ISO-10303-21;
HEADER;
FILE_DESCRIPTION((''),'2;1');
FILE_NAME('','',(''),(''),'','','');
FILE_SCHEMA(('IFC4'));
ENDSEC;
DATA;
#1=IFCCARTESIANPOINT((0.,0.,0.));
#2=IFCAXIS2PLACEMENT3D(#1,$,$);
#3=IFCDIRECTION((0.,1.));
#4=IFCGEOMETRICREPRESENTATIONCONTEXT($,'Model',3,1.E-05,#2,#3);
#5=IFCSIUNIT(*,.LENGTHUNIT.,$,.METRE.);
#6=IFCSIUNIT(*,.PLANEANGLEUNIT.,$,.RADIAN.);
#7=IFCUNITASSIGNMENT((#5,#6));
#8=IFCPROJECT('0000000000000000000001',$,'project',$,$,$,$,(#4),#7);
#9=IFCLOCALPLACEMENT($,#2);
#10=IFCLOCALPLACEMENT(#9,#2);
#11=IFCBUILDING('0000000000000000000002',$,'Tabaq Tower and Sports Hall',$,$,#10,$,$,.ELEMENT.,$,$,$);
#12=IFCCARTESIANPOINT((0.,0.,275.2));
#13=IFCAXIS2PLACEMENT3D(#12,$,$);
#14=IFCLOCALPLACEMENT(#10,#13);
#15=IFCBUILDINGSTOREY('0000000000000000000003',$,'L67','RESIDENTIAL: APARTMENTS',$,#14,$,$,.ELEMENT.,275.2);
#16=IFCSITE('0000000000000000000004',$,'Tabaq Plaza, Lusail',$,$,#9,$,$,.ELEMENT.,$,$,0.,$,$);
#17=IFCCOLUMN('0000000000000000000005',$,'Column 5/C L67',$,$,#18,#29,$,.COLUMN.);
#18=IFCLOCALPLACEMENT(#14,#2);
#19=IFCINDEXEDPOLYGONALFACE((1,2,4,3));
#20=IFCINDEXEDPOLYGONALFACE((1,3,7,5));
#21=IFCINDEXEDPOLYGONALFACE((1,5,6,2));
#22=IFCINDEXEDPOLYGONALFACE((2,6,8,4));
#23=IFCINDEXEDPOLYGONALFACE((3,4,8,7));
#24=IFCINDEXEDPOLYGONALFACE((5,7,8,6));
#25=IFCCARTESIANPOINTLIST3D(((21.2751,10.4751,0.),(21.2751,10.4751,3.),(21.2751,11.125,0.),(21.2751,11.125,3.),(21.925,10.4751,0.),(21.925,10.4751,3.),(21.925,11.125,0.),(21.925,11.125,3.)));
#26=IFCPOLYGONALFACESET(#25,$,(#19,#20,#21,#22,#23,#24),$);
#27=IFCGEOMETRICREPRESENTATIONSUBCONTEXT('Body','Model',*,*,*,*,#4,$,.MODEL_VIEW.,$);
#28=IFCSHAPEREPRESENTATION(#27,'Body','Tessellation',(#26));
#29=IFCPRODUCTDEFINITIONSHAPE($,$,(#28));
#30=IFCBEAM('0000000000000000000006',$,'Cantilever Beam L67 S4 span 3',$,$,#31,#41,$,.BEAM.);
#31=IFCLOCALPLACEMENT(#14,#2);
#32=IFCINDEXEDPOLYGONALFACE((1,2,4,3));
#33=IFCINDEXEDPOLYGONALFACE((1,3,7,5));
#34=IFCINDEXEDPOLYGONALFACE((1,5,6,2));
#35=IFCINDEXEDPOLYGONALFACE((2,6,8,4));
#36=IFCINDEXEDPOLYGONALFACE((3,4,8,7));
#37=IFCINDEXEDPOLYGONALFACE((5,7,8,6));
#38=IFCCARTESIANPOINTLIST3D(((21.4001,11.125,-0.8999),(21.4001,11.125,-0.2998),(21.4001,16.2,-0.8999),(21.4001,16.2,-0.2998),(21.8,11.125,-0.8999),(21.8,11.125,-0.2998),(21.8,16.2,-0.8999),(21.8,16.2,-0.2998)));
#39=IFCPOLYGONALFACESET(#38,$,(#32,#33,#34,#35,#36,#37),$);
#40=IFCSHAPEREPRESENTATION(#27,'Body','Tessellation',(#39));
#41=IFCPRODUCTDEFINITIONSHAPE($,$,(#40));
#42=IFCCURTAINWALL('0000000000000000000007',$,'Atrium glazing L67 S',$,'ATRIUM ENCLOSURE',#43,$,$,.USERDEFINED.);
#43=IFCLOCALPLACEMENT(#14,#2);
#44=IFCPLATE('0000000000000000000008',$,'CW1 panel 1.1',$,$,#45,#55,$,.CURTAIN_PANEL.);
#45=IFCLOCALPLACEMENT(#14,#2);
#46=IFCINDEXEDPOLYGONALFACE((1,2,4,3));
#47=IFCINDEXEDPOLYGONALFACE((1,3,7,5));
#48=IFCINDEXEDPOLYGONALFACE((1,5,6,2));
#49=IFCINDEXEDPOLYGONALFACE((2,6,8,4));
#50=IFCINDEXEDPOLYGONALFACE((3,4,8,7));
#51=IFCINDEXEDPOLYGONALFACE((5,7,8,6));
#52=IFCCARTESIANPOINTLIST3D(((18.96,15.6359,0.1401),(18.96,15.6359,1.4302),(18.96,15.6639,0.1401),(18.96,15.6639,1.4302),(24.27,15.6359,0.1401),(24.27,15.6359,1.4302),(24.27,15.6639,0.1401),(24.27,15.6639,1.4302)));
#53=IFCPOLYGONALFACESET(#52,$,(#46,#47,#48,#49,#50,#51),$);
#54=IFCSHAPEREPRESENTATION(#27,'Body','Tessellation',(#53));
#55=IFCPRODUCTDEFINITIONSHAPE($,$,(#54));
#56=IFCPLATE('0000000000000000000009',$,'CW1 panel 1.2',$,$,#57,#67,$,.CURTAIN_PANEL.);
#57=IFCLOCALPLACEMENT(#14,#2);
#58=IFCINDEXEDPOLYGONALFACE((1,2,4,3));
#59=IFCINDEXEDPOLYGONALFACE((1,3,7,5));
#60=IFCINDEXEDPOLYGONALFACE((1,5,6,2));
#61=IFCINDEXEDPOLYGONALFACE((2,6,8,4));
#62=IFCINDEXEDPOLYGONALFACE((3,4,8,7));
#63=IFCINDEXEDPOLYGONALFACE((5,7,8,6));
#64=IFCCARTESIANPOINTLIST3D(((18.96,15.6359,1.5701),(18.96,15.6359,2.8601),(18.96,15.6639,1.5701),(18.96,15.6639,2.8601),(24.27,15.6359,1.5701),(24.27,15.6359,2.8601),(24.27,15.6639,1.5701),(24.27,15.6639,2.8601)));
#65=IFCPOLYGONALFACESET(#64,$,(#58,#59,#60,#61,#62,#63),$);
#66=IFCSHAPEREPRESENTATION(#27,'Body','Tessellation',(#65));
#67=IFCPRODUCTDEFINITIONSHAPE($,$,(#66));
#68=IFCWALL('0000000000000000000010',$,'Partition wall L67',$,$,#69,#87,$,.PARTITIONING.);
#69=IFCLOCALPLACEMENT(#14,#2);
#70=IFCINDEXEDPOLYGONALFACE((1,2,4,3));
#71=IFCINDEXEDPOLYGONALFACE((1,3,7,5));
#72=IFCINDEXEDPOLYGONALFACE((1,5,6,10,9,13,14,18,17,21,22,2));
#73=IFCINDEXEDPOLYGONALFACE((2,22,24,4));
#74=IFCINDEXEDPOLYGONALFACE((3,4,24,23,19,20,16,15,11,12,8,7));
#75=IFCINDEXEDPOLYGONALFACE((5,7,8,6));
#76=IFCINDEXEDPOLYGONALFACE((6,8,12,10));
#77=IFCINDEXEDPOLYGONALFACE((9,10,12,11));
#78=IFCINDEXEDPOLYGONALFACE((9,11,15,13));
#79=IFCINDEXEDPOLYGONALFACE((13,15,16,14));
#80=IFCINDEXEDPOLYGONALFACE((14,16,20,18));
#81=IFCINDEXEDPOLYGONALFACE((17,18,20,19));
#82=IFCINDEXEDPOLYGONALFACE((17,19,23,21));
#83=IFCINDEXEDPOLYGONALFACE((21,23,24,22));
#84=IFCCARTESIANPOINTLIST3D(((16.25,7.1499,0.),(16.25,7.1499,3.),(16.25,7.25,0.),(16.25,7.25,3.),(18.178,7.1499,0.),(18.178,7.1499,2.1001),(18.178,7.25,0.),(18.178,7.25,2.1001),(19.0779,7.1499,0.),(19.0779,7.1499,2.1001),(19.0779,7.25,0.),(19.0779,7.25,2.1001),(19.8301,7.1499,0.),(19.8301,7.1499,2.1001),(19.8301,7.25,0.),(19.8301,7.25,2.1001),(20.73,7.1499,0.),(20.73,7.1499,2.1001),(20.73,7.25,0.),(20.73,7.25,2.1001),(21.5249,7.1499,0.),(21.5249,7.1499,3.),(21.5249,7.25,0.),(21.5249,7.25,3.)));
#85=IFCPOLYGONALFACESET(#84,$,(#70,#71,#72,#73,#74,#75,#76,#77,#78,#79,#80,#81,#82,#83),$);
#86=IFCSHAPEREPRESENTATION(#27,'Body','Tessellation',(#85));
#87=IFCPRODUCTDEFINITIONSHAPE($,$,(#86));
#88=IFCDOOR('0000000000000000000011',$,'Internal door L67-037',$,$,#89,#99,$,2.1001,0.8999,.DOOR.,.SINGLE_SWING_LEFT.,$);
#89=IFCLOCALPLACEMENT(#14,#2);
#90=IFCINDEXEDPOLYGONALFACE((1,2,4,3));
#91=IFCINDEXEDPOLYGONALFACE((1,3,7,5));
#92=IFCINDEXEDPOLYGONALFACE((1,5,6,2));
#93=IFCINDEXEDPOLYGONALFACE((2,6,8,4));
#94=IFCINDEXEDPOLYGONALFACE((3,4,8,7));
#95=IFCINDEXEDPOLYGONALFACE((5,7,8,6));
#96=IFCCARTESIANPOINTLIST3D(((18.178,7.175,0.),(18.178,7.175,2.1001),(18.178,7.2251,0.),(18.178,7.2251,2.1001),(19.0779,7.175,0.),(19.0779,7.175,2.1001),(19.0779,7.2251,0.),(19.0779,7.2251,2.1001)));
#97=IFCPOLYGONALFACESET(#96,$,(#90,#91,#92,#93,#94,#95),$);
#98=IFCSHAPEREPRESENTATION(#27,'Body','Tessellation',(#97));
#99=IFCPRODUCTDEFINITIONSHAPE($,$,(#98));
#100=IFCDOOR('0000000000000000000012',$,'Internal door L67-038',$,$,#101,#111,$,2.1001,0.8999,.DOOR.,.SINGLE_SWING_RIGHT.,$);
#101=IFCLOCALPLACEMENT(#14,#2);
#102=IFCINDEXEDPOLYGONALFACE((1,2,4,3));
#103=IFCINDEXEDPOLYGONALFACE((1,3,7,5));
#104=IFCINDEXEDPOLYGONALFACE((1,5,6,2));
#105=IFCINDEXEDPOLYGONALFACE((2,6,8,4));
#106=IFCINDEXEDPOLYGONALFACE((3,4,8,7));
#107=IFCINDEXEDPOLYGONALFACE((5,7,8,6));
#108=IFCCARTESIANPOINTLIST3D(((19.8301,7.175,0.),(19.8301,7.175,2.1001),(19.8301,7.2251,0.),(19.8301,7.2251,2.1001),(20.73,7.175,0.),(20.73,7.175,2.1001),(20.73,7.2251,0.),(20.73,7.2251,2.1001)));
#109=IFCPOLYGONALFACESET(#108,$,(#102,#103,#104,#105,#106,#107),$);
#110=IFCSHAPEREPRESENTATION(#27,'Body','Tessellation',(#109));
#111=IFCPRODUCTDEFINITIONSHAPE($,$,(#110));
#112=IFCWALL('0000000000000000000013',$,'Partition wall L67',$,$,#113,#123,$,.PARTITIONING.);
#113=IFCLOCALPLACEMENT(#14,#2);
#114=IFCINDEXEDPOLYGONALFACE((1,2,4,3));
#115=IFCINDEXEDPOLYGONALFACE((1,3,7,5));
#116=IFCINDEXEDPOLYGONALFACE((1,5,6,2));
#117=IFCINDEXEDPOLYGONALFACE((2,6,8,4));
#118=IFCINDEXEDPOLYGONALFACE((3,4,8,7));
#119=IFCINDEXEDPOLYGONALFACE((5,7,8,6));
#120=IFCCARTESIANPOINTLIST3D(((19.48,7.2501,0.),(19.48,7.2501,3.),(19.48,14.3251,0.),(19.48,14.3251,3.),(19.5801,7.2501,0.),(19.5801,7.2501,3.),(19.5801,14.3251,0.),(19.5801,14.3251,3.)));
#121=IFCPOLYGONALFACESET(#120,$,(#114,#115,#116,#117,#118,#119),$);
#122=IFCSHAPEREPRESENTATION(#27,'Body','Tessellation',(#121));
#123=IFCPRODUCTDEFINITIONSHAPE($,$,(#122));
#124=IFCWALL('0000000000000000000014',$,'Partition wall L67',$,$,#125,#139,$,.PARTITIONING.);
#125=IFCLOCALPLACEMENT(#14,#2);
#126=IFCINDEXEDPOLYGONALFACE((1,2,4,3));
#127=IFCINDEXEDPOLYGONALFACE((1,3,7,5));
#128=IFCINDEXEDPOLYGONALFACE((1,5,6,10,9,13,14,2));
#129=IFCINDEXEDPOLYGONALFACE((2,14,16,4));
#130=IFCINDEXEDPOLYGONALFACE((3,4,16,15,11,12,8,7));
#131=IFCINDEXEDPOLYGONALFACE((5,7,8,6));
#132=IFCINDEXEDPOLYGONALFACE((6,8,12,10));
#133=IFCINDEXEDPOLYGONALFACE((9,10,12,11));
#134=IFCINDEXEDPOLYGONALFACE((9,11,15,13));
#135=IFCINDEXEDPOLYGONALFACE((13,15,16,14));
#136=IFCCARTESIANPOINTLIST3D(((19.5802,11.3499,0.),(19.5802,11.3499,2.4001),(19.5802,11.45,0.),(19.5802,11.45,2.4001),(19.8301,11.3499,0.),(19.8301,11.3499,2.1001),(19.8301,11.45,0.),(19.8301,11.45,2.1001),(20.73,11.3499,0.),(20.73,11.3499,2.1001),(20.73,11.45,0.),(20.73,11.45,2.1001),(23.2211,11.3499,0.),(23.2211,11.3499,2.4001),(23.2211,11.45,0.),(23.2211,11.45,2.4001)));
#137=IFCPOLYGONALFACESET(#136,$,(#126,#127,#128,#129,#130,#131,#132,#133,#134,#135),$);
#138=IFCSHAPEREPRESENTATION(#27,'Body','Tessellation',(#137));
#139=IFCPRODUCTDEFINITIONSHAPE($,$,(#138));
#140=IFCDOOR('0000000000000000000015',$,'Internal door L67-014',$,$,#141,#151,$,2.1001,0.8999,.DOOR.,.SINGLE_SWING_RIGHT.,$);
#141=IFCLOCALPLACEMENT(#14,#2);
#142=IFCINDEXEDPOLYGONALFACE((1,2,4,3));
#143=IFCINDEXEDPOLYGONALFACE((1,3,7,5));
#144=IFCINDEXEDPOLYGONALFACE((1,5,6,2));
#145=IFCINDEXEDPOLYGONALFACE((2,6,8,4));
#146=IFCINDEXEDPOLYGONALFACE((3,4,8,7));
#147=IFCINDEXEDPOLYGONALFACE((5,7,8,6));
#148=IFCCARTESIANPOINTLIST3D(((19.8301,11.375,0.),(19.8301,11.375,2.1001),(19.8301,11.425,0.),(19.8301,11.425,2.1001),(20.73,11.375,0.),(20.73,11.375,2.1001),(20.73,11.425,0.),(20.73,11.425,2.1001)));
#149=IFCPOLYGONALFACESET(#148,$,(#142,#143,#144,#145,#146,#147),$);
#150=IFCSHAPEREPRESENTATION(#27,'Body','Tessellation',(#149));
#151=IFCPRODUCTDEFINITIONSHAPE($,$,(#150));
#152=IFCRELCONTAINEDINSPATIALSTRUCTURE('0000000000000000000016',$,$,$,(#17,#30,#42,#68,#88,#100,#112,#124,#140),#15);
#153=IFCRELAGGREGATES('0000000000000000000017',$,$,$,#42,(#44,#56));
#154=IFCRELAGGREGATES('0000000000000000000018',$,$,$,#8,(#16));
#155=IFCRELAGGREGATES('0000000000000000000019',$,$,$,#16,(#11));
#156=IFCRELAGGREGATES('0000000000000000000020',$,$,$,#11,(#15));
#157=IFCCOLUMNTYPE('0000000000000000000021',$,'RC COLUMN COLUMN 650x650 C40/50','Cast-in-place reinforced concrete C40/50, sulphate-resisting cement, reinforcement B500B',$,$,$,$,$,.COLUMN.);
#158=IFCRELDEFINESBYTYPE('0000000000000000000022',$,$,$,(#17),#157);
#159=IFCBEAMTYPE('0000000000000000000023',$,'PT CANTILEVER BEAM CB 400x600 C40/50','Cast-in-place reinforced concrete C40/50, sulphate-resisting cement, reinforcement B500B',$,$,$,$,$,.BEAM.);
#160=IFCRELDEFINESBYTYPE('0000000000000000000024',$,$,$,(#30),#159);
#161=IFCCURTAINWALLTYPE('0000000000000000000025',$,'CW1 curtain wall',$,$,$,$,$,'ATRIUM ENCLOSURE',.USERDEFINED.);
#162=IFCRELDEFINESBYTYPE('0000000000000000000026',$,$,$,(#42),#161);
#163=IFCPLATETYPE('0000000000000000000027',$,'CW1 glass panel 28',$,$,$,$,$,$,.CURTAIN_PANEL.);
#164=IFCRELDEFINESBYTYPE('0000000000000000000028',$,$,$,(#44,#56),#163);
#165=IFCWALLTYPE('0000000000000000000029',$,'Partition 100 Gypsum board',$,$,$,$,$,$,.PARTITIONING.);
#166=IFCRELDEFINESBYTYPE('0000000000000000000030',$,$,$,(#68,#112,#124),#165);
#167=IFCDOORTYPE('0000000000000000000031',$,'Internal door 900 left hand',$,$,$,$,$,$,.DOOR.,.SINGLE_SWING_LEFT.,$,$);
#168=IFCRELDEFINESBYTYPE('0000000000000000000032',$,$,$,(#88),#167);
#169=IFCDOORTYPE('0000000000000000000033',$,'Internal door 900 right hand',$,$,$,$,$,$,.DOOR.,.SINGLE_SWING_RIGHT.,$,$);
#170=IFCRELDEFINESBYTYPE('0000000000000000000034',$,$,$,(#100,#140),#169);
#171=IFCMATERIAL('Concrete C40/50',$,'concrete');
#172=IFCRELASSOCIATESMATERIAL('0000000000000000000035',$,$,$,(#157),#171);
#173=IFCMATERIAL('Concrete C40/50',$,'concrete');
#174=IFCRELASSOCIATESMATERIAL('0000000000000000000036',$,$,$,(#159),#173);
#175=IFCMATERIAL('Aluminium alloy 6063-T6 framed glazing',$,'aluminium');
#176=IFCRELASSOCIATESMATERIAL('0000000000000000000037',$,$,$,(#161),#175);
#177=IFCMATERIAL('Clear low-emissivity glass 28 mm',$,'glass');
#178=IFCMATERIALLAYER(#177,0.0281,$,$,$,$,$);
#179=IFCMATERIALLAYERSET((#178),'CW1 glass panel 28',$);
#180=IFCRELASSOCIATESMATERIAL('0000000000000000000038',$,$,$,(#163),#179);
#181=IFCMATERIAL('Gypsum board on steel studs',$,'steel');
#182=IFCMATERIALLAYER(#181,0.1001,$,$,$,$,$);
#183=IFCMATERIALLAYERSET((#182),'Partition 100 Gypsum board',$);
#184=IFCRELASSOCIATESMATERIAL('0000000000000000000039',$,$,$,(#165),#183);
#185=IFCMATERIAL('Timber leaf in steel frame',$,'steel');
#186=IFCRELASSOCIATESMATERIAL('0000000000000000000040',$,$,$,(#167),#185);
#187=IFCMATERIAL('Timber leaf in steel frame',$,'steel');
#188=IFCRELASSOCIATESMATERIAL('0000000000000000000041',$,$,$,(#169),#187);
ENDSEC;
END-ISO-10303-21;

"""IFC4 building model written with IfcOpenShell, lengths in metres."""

from ifc_helpers import new_model, si_unit, direction, frame, frame_2d, origin, origin_2d, place, context, subcontext, project, spatial, rectangle, extrude, material, layer, layer_set, material_profile, profile_set, type_object, element, fill, aggregate, save


model = new_model("IFC4")

# Units and contexts
model_context = context("Model", 3, precision=1e-05, world=origin(), true_north=direction((0.0, 1.0)))
body_context = subcontext(model_context, "Body", "Model", "MODEL_VIEW")
ifc_project = project(units=[si_unit("LENGTHUNIT", "METRE"), si_unit("PLANEANGLEUNIT", "RADIAN")], contexts=[model_context])

# Site, building, storey
site_placement = place(None, origin())
site = spatial("IfcSite", under=ifc_project, at=site_placement, Name="Tabaq Plaza, Lusail", CompositionType="ELEMENT", RefElevation=0.0)
building_placement = place(site_placement, origin())
building = spatial("IfcBuilding", under=site, at=building_placement, Name="Tabaq Tower and Sports Hall", CompositionType="ELEMENT")
storey_placement = place(building_placement, frame((0.0, 0.0, 275.2)))
storey = spatial("IfcBuildingStorey", under=building, at=storey_placement, Name="L67", Description="RESIDENTIAL: APARTMENTS", CompositionType="ELEMENT", Elevation=275.2)

# Column
ifc_material_1 = material(Name="Concrete C40/50", Category="concrete")
ifc_material_profile_1 = material_profile(ifc_material_1, rectangle(XDim=0.6499, YDim=0.6499, at=origin_2d()), Name="COLUMN 650x650")
ifc_profile_set_1 = profile_set([ifc_material_profile_1], Name="Concrete C40/50")
column_type = type_object("IfcColumnType", Name="RC COLUMN COLUMN 650x650 C40/50", Description="Cast-in-place reinforced concrete C40/50, sulphate-resisting cement, reinforcement B500B", PredefinedType="COLUMN", material=ifc_profile_set_1)
column_placement = place(storey_placement, frame((21.6001, 10.8, 0.0), z_axis=(0.0, 0.0, 1.0), x_axis=(1.0, 0.0, 0.0)))
element("IfcColumn", 1, at=column_placement, inside=storey, type_object=column_type, Name="Column 5/C L67", PredefinedType="COLUMN", context=body_context, shape_type="SweptSolid", body=[
    extrude(rectangle(XDim=0.6499, YDim=0.6499, at=origin_2d()), origin(), (0.0, 0.0, 1.0), 3.0),
])

# Beam
ifc_material_2 = material(Name="Concrete C40/50", Category="concrete")
ifc_material_profile_2 = material_profile(ifc_material_2, rectangle(XDim=0.3999, YDim=0.6001, at=origin_2d()), Name="CB 400x600")
ifc_profile_set_2 = profile_set([ifc_material_profile_2], Name="Concrete C40/50")
beam_type = type_object("IfcBeamType", Name="PT CANTILEVER BEAM CB 400x600 C40/50", Description="Cast-in-place reinforced concrete C40/50, sulphate-resisting cement, reinforcement B500B", PredefinedType="BEAM", material=ifc_profile_set_2)
beam_placement = place(storey_placement, frame((21.6001, 11.125, -0.5999), z_axis=(0.0, 1.0, 0.0), x_axis=(-1.0, 0.0, 0.0)))
element("IfcBeam", 2, at=beam_placement, inside=storey, type_object=beam_type, Name="Cantilever Beam L67 S4 span 3", PredefinedType="BEAM", context=body_context, shape_type="SweptSolid", body=[
    extrude(rectangle(XDim=0.3999, YDim=0.6001, at=origin_2d()), origin(), (0.0, 0.0, 1.0), 5.075),
])

# Curtain wall, plates
ifc_material_3 = material(Name="Aluminium alloy 6063-T6 framed glazing", Category="aluminium")
curtain_wall_type = type_object("IfcCurtainWallType", Name="CW1 curtain wall", ElementType="ATRIUM ENCLOSURE", PredefinedType="USERDEFINED", material=ifc_material_3)
curtain_wall_placement = place(storey_placement, origin())
curtain_wall = element("IfcCurtainWall", 3, at=curtain_wall_placement, inside=storey, type_object=curtain_wall_type, Name="Atrium glazing L67 S", ObjectType="ATRIUM ENCLOSURE", PredefinedType="USERDEFINED")
ifc_material_4 = material(Name="Clear low-emissivity glass 28 mm", Category="glass")
ifc_layer_1 = layer(ifc_material_4, 0.0281)
ifc_layer_set_1 = layer_set([ifc_layer_1], Name="CW1 glass panel 28")
plate_type = type_object("IfcPlateType", Name="CW1 glass panel 28", PredefinedType="CURTAIN_PANEL", material=ifc_layer_set_1)
plate_1_placement = place(storey_placement, frame((21.615, 15.6499, 0.1401), z_axis=(0.0, 0.0, 1.0), x_axis=(1.0, 0.0, 0.0)))
plate_1 = element("IfcPlate", 4, at=plate_1_placement, type_object=plate_type, Name="CW1 panel 1.1", PredefinedType="CURTAIN_PANEL", context=body_context, shape_type="SweptSolid", body=[
    extrude(rectangle(XDim=5.3101, YDim=0.0281, at=origin_2d()), origin(), (0.0, 0.0, 1.0), 1.29),
])
plate_2_placement = place(storey_placement, frame((21.615, 15.6499, 1.5701), z_axis=(0.0, 0.0, 1.0), x_axis=(1.0, 0.0, 0.0)))
plate_2 = element("IfcPlate", 5, at=plate_2_placement, type_object=plate_type, Name="CW1 panel 1.2", PredefinedType="CURTAIN_PANEL", context=body_context, shape_type="SweptSolid", body=[
    extrude(rectangle(XDim=5.3101, YDim=0.0281, at=origin_2d()), origin(), (0.0, 0.0, 1.0), 1.29),
])
aggregate(curtain_wall, [plate_1, plate_2])

# Wall, openings, doors
ifc_material_5 = material(Name="Gypsum board on steel studs", Category="steel")
ifc_layer_2 = layer(ifc_material_5, 0.1001)
ifc_layer_set_2 = layer_set([ifc_layer_2], Name="Partition 100 Gypsum board")
wall_type_1 = type_object("IfcWallType", Name="Partition 100 Gypsum board", PredefinedType="PARTITIONING", material=ifc_layer_set_2)
wall_1_placement = place(storey_placement, frame((21.5249, 7.2, 0.0), z_axis=(0.0, 0.0, 1.0), x_axis=(-1.0, 0.0, 0.0)))
wall_1 = element("IfcWall", 6, at=wall_1_placement, inside=storey, type_object=wall_type_1, Name="Partition wall L67", PredefinedType="PARTITIONING", context=body_context, shape_type="SweptSolid", body=[
    extrude(rectangle(XDim=5.2749, YDim=0.1001, at=frame_2d((2.6375, 0.0))), origin(), (0.0, 0.0, 1.0), 3.0),
])
opening_1_placement = place(wall_1_placement, frame((2.447, 0.0, 0.0)))
opening_1 = element("IfcOpeningElement", 7, at=opening_1_placement, cuts=wall_1, PredefinedType="OPENING", context=body_context, shape_type="SweptSolid", body=[
    extrude(rectangle(XDim=0.8999, YDim=2.1001, at=frame_2d((0.45, 1.05))), frame((0.0, 0.05, 0.0), z_axis=(0.0, -1.0, 0.0), x_axis=(1.0, 0.0, 0.0)), (0.0, 0.0, 1.0), 0.1001),
])
opening_2_placement = place(wall_1_placement, frame((0.7949, 0.0, 0.0)))
opening_2 = element("IfcOpeningElement", 8, at=opening_2_placement, cuts=wall_1, PredefinedType="OPENING", context=body_context, shape_type="SweptSolid", body=[
    extrude(rectangle(XDim=0.8999, YDim=2.1001, at=frame_2d((0.45, 1.05))), frame((0.0, 0.05, 0.0), z_axis=(0.0, -1.0, 0.0), x_axis=(1.0, 0.0, 0.0)), (0.0, 0.0, 1.0), 0.1001),
])
ifc_material_6 = material(Name="Timber leaf in steel frame", Category="steel")
door_type_1 = type_object("IfcDoorType", Name="Internal door 900 left hand", OperationType="SINGLE_SWING_LEFT", PredefinedType="DOOR", material=ifc_material_6)
door_1_placement = place(opening_1_placement, origin())
door_1 = element("IfcDoor", 9, at=door_1_placement, inside=storey, type_object=door_type_1, Name="Internal door L67-037", OperationType="SINGLE_SWING_LEFT", OverallHeight=2.1001, OverallWidth=0.8999, PredefinedType="DOOR", context=body_context, shape_type="SweptSolid", body=[
    extrude(rectangle(XDim=0.8999, YDim=2.1001, at=frame_2d((0.45, 1.05))), frame((0.0, 0.0249, 0.0), z_axis=(0.0, -1.0, 0.0), x_axis=(1.0, 0.0, 0.0)), (0.0, 0.0, 1.0), 0.05),
])
fill(opening_1, door_1)
ifc_material_7 = material(Name="Timber leaf in steel frame", Category="steel")
door_type_2 = type_object("IfcDoorType", Name="Internal door 900 right hand", OperationType="SINGLE_SWING_RIGHT", PredefinedType="DOOR", material=ifc_material_7)
door_2_placement = place(opening_2_placement, origin())
door_2 = element("IfcDoor", 10, at=door_2_placement, inside=storey, type_object=door_type_2, Name="Internal door L67-038", OperationType="SINGLE_SWING_RIGHT", OverallHeight=2.1001, OverallWidth=0.8999, PredefinedType="DOOR", context=body_context, shape_type="SweptSolid", body=[
    extrude(rectangle(XDim=0.8999, YDim=2.1001, at=frame_2d((0.45, 1.05))), frame((0.0, 0.0249, 0.0), z_axis=(0.0, -1.0, 0.0), x_axis=(1.0, 0.0, 0.0)), (0.0, 0.0, 1.0), 0.05),
])
fill(opening_2, door_2)

# Wall
wall_2_placement = place(storey_placement, frame((19.53, 7.25, 0.0), z_axis=(0.0, 0.0, 1.0), x_axis=(0.0, 1.0, 0.0)))
element("IfcWall", 11, at=wall_2_placement, inside=storey, type_object=wall_type_1, Name="Partition wall L67", PredefinedType="PARTITIONING", context=body_context, shape_type="SweptSolid", body=[
    extrude(rectangle(XDim=7.075, YDim=0.1001, at=frame_2d((3.5376, 0.0))), origin(), (0.0, 0.0, 1.0), 3.0),
])

# Wall, opening, door
wall_3_placement = place(storey_placement, frame((23.2209, 11.3999, 0.0), z_axis=(0.0, 0.0, 1.0), x_axis=(-1.0, 0.0, 0.0)))
wall_3 = element("IfcWall", 12, at=wall_3_placement, inside=storey, type_object=wall_type_1, Name="Partition wall L67", PredefinedType="PARTITIONING", context=body_context, shape_type="SweptSolid", body=[
    extrude(rectangle(XDim=3.6409, YDim=0.1001, at=frame_2d((1.8203, 0.0))), origin(), (0.0, 0.0, 1.0), 2.4001),
])
opening_3_placement = place(wall_3_placement, frame((2.491, 0.0, 0.0)))
opening_3 = element("IfcOpeningElement", 13, at=opening_3_placement, cuts=wall_3, PredefinedType="OPENING", context=body_context, shape_type="SweptSolid", body=[
    extrude(rectangle(XDim=0.8999, YDim=2.1001, at=frame_2d((0.45, 1.05))), frame((0.0, 0.05, 0.0), z_axis=(0.0, -1.0, 0.0), x_axis=(1.0, 0.0, 0.0)), (0.0, 0.0, 1.0), 0.1001),
])
door_3_placement = place(opening_3_placement, origin())
door_3 = element("IfcDoor", 14, at=door_3_placement, inside=storey, type_object=door_type_2, Name="Internal door L67-014", OperationType="SINGLE_SWING_RIGHT", OverallHeight=2.1001, OverallWidth=0.8999, PredefinedType="DOOR", context=body_context, shape_type="SweptSolid", body=[
    extrude(rectangle(XDim=0.8999, YDim=2.1001, at=frame_2d((0.45, 1.05))), frame((0.0, 0.0249, 0.0), z_axis=(0.0, -1.0, 0.0), x_axis=(1.0, 0.0, 0.0)), (0.0, 0.0, 1.0), 0.05),
])
fill(opening_3, door_3)

save(model, "model.ifc")
